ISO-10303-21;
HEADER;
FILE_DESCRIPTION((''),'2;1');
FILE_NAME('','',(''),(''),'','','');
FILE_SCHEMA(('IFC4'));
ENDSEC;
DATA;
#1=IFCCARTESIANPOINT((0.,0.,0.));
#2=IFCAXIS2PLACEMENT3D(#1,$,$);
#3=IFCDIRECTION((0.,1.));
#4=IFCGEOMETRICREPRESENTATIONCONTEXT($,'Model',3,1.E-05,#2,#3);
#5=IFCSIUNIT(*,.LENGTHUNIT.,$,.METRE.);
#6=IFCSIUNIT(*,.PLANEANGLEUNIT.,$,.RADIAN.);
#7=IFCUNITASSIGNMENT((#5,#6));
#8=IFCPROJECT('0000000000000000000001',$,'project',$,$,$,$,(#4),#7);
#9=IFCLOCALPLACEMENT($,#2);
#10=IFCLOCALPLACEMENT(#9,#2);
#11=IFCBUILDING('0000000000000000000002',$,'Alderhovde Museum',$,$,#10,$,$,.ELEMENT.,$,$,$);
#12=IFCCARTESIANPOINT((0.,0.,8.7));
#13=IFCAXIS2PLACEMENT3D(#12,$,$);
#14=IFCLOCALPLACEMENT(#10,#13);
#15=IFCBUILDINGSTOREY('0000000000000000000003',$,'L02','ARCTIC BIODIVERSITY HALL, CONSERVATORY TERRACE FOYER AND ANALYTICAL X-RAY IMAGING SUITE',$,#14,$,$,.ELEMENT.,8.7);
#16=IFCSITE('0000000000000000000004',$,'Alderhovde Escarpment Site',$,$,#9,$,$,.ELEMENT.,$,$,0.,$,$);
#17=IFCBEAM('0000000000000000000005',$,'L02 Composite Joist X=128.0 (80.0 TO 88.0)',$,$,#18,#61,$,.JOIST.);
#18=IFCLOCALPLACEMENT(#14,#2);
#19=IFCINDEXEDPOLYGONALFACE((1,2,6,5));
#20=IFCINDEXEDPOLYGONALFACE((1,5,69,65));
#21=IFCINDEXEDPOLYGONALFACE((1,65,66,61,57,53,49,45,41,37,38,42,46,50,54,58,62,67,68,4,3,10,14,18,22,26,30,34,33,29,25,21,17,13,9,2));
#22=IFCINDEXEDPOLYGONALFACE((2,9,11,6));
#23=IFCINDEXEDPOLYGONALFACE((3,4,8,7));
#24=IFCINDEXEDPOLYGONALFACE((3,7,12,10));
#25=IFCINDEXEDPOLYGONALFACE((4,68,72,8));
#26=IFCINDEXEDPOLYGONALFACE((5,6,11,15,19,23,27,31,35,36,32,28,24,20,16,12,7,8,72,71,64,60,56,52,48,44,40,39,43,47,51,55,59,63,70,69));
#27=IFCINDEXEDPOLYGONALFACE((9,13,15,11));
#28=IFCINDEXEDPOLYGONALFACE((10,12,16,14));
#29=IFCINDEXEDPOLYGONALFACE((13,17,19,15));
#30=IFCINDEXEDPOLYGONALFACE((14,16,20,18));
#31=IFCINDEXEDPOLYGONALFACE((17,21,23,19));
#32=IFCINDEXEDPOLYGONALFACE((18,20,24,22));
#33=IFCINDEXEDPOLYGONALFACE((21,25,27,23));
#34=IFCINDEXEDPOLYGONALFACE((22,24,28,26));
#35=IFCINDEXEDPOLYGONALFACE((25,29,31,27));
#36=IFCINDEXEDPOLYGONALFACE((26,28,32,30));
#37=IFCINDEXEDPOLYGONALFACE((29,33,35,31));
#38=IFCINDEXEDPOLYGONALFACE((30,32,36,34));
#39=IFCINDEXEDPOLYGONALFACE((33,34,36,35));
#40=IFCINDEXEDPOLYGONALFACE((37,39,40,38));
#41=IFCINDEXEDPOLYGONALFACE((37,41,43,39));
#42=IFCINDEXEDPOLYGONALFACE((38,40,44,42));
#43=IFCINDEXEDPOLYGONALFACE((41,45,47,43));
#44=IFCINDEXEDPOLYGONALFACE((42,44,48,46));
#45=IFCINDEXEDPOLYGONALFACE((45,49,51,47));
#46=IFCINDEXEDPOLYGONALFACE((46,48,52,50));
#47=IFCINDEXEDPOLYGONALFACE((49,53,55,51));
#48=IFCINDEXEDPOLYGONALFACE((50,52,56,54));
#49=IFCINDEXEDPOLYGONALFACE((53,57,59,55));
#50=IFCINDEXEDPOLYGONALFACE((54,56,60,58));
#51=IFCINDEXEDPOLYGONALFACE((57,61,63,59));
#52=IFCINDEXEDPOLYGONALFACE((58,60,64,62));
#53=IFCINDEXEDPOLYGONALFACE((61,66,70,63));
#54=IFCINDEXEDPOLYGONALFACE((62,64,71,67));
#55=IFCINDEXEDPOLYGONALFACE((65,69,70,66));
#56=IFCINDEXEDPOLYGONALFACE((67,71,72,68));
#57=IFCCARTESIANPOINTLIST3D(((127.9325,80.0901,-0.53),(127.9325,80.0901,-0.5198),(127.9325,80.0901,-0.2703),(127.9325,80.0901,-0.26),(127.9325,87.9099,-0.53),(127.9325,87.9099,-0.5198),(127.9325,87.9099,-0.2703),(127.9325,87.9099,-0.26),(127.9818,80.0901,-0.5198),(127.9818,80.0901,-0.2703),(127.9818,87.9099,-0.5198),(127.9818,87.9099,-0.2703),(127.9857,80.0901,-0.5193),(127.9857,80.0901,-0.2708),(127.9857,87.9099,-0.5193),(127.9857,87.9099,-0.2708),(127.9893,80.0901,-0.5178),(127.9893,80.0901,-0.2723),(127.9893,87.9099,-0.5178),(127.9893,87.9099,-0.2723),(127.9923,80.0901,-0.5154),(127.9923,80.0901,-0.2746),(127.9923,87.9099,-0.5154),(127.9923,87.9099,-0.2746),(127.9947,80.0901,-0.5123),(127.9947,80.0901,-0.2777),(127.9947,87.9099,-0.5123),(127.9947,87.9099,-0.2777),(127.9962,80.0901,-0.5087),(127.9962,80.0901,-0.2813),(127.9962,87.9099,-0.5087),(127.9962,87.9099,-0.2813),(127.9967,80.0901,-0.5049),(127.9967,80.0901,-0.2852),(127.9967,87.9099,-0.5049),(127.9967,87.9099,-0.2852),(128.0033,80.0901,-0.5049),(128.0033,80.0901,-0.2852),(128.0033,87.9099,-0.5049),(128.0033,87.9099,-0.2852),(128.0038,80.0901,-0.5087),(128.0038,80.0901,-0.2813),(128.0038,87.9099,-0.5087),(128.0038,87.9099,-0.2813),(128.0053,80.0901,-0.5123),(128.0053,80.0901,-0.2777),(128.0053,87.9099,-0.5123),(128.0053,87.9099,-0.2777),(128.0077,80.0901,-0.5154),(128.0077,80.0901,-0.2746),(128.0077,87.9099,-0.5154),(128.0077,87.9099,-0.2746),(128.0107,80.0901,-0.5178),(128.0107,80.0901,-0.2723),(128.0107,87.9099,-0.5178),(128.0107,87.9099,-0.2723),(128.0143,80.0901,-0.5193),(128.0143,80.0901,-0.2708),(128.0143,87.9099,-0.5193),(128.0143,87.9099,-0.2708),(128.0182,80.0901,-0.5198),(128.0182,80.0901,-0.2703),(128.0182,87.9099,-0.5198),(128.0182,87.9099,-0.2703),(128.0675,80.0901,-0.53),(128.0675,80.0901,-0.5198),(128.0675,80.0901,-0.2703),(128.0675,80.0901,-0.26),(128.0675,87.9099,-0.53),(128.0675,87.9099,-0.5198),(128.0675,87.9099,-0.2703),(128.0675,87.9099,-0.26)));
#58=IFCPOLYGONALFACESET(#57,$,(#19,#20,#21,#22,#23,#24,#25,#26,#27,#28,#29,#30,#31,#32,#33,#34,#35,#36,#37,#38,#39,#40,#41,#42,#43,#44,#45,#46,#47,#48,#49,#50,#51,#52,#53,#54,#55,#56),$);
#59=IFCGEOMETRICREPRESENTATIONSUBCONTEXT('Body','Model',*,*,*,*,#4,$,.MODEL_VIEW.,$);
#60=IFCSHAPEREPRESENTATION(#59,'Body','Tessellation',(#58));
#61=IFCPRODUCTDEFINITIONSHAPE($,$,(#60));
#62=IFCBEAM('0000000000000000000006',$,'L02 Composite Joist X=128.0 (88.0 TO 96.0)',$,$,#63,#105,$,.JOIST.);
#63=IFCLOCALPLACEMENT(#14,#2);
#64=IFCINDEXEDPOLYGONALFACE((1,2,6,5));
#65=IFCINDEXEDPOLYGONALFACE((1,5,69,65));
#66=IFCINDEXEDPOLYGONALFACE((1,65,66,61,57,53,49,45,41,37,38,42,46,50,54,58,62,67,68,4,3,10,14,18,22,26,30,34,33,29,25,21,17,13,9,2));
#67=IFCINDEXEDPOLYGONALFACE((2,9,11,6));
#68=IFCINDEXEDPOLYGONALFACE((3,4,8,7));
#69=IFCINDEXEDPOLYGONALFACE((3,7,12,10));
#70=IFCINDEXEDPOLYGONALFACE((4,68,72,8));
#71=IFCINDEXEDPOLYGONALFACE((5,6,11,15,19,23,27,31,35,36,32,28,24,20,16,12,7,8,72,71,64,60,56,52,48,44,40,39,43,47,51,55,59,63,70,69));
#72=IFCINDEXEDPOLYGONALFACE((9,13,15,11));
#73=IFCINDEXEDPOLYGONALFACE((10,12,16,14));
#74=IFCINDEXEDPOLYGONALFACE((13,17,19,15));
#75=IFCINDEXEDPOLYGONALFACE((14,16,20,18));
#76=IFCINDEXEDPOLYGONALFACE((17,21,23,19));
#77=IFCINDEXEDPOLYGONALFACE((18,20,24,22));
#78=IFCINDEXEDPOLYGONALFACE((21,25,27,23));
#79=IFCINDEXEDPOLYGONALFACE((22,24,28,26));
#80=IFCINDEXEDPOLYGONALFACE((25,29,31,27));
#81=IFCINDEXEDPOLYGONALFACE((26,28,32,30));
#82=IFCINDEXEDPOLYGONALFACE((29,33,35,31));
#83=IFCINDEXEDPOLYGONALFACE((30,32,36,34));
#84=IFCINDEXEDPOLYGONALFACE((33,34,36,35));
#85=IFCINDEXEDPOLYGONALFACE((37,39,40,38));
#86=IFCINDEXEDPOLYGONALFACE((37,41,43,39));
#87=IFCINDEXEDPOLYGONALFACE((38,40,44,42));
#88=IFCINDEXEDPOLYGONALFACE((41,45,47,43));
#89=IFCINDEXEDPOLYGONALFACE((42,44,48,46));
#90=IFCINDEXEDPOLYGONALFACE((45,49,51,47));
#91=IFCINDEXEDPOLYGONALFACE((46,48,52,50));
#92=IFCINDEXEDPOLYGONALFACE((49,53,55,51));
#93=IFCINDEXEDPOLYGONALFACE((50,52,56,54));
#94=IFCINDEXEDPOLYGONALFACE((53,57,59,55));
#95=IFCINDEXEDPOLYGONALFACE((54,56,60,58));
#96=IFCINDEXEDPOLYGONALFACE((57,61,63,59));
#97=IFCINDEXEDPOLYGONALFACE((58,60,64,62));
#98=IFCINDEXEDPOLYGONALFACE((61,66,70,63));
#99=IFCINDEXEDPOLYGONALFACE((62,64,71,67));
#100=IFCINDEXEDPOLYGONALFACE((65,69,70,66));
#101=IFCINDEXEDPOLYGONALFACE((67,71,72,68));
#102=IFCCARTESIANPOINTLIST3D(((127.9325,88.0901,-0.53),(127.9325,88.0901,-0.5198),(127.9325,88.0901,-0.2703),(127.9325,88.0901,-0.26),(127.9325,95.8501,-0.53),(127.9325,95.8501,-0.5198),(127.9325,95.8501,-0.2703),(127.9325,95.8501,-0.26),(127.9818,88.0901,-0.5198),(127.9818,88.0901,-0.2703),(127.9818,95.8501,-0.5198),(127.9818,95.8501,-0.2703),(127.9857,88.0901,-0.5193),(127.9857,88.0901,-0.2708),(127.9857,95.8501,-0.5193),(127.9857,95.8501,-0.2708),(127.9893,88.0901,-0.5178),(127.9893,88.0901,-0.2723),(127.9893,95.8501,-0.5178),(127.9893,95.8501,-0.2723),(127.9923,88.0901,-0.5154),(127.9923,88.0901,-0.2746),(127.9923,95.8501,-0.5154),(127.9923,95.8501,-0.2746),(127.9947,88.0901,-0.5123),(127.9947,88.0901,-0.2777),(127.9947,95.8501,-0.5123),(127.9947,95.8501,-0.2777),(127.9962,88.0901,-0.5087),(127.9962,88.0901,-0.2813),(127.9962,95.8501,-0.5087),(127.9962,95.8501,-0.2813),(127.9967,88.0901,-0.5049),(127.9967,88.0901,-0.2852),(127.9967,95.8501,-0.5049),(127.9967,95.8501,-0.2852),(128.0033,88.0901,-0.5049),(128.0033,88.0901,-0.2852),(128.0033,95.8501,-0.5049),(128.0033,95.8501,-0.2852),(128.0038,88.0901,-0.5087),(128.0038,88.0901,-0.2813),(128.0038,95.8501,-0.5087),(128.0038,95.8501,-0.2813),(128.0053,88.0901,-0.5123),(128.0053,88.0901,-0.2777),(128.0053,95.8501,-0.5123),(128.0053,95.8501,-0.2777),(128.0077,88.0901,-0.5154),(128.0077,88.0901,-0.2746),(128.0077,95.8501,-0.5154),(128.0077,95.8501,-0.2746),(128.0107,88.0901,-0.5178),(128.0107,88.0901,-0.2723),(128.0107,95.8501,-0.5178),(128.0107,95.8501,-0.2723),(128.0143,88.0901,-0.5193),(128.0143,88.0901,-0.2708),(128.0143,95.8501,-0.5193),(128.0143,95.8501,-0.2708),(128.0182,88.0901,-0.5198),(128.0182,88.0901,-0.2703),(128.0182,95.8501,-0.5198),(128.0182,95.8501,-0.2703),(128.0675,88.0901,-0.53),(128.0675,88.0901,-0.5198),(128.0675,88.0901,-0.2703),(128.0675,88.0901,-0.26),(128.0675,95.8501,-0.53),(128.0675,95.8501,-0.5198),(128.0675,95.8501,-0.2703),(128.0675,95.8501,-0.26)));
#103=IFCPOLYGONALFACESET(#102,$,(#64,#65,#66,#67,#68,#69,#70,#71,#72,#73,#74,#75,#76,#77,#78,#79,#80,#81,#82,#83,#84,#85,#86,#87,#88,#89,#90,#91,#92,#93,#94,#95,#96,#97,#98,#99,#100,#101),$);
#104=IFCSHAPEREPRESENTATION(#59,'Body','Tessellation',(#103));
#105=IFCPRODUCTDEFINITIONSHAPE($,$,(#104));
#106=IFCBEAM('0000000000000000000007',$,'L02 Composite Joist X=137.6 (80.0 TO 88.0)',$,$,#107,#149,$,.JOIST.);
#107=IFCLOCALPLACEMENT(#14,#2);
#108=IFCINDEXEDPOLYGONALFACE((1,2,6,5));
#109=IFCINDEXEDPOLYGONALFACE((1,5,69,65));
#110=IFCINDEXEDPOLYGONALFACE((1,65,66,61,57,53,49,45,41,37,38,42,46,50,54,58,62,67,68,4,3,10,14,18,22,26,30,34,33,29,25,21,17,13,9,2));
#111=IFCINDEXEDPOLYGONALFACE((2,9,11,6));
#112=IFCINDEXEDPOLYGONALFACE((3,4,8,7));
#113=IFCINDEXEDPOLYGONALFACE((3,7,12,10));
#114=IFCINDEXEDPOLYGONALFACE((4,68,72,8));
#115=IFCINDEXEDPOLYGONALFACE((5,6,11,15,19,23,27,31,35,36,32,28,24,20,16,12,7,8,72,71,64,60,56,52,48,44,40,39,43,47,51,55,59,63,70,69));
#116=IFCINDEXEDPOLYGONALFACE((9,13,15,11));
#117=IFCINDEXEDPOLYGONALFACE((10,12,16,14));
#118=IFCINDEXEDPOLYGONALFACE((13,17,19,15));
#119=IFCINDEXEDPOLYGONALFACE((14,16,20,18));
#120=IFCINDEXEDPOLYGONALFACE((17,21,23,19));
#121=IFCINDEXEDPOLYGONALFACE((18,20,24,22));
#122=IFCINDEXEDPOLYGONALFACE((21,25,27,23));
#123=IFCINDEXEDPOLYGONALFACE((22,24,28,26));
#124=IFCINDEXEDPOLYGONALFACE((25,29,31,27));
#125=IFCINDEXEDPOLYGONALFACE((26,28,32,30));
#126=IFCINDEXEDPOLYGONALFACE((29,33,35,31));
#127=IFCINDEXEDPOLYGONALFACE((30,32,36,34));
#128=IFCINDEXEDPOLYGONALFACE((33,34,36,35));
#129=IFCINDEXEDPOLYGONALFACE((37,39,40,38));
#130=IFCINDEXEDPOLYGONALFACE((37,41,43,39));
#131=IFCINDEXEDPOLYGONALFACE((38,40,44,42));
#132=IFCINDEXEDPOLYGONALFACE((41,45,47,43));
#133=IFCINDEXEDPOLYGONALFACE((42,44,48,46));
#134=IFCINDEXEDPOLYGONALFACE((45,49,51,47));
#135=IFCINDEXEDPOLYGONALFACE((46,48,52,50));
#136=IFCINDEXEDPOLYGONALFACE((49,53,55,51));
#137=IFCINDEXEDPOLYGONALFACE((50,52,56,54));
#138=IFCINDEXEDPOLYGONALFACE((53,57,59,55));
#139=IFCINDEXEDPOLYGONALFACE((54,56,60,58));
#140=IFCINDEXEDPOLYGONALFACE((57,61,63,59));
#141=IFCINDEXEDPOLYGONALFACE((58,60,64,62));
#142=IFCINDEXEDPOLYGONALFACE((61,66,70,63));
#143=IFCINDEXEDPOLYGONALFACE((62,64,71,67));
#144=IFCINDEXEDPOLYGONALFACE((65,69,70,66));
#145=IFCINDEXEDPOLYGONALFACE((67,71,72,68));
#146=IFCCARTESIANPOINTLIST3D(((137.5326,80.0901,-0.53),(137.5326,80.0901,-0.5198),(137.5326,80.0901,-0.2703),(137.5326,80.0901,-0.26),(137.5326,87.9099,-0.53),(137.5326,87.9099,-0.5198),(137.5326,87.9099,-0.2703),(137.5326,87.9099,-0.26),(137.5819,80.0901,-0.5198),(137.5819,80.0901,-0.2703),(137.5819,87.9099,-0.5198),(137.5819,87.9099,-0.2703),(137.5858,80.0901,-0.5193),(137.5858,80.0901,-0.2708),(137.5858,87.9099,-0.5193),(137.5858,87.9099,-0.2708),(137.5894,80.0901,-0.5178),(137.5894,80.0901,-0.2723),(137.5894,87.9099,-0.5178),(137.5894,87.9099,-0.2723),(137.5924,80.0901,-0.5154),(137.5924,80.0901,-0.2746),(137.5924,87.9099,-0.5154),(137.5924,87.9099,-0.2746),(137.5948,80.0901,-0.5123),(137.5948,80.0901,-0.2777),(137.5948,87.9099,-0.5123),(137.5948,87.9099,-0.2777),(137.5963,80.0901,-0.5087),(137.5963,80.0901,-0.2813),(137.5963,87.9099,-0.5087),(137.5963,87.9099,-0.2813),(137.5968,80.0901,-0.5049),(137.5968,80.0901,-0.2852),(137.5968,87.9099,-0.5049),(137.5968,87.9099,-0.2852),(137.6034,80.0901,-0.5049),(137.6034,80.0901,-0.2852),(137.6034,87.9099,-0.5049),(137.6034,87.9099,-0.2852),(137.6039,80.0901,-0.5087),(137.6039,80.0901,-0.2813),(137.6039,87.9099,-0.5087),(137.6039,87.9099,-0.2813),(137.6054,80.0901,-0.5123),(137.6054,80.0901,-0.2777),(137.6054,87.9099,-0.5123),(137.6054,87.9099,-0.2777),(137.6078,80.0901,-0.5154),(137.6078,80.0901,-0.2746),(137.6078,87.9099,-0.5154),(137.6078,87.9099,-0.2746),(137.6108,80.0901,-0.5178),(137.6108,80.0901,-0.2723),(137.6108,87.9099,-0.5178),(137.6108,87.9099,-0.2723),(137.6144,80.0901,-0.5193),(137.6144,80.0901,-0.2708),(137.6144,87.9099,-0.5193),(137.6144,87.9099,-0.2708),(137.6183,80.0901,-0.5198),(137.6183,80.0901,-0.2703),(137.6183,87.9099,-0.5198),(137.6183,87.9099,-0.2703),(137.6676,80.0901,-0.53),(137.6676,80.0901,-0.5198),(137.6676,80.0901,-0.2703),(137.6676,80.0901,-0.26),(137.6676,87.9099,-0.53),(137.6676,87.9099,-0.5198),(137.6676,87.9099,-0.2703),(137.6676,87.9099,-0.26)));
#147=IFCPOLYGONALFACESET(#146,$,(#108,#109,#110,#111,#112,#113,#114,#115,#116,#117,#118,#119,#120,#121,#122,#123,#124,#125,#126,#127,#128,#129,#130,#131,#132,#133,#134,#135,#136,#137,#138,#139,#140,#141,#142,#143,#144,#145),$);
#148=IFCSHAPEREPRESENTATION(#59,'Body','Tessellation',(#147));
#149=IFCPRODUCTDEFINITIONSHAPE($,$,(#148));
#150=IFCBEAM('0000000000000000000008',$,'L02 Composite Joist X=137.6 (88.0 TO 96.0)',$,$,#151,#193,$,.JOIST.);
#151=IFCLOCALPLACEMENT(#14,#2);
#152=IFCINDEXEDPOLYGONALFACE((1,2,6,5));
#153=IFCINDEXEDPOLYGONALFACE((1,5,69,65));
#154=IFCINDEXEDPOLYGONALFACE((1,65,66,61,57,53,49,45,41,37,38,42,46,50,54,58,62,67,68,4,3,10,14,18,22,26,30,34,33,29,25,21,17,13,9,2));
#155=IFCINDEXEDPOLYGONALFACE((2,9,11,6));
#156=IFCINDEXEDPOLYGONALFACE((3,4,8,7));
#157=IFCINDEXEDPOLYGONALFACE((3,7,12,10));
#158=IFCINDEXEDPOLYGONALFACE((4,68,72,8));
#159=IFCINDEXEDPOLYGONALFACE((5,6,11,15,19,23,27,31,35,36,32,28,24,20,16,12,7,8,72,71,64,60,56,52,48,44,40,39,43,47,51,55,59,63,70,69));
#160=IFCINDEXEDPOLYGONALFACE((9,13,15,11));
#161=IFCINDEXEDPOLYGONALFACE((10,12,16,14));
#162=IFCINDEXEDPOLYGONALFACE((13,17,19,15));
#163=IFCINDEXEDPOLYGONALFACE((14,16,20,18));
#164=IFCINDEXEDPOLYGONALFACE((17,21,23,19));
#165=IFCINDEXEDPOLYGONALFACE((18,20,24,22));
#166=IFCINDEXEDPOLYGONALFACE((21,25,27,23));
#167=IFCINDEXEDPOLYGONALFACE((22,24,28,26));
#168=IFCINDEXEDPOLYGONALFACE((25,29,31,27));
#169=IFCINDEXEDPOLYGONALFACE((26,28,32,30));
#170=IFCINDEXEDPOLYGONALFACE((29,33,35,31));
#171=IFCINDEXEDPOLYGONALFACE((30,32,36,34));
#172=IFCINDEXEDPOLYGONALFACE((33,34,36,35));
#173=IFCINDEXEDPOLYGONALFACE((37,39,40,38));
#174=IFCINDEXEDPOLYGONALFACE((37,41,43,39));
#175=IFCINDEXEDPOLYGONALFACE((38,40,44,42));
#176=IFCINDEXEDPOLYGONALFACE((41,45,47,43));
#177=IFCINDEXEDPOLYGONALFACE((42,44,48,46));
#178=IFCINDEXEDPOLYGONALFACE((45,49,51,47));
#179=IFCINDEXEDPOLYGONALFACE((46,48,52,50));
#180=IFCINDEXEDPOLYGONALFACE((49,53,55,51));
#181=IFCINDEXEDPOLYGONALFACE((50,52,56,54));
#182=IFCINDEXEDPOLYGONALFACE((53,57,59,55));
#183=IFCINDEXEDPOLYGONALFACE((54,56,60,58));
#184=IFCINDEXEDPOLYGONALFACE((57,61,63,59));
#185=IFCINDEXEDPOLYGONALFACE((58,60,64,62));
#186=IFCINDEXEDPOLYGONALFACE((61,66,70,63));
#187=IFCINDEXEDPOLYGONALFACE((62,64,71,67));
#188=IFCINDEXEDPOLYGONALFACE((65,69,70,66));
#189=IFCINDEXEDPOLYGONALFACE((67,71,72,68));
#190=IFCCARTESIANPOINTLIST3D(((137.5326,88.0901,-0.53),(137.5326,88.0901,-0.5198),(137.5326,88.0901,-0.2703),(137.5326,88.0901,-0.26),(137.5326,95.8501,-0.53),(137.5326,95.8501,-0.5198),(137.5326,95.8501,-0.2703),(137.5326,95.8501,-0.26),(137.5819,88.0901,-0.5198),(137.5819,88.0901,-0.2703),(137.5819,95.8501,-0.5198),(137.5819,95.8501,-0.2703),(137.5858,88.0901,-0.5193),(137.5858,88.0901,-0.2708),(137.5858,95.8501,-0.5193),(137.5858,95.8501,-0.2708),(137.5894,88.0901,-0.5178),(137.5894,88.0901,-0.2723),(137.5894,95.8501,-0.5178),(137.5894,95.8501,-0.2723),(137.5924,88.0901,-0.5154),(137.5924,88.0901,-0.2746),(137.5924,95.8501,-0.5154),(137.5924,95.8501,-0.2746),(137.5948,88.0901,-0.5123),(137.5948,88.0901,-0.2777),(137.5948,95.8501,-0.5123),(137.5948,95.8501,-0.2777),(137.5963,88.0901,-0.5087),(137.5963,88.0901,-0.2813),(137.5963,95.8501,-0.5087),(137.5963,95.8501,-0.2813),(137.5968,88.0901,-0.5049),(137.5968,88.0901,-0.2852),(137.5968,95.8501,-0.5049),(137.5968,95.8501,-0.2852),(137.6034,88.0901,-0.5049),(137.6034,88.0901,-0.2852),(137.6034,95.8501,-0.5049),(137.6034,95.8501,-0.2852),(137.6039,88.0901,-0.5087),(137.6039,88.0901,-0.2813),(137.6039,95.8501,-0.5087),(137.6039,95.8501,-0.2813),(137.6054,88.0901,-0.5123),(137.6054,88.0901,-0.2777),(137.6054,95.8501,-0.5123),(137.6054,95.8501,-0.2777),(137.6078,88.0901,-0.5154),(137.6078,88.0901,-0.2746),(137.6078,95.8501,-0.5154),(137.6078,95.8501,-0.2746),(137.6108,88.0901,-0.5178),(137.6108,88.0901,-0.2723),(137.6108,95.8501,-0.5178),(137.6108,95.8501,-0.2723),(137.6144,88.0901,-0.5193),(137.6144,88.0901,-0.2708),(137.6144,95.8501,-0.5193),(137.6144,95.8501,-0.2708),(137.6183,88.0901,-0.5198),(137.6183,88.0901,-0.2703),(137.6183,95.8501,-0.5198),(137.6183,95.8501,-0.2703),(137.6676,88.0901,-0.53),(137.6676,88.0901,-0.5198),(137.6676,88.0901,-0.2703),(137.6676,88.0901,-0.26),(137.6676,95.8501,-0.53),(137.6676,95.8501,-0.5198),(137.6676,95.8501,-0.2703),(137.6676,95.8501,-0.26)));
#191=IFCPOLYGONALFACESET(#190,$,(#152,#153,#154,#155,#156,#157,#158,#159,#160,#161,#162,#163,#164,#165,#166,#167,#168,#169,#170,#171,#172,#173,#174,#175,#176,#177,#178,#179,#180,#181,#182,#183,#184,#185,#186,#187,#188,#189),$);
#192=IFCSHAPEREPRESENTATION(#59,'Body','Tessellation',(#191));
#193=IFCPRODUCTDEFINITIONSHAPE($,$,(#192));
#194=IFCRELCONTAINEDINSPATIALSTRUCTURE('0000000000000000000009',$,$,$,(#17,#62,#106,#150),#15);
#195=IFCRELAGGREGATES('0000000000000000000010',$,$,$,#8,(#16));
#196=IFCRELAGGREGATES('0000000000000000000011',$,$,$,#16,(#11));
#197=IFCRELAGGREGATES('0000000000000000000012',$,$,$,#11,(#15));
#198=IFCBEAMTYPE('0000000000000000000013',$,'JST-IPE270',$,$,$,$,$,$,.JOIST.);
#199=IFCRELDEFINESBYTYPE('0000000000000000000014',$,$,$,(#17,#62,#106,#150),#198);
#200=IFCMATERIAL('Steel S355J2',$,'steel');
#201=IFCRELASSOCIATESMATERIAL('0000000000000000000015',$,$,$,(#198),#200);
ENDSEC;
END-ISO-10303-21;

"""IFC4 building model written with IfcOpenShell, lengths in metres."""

from ifc_helpers import new_model, si_unit, direction, frame, origin, origin_2d, place, context, subcontext, project, spatial, i_section, extrude, material, material_profile, profile_set, type_object, element, save


model = new_model("IFC4")

# Units and contexts
model_context = context("Model", 3, precision=1e-05, world=origin(), true_north=direction((0.0, 1.0)))
body_context = subcontext(model_context, "Body", "Model", "MODEL_VIEW")
ifc_project = project(units=[si_unit("LENGTHUNIT", "METRE"), si_unit("PLANEANGLEUNIT", "RADIAN")], contexts=[model_context])

# Site, building, storey
site_placement = place(None, origin())
site = spatial("IfcSite", under=ifc_project, at=site_placement, Name="Alderhovde Escarpment Site", CompositionType="ELEMENT", RefElevation=0.0)
building_placement = place(site_placement, origin())
building = spatial("IfcBuilding", under=site, at=building_placement, Name="Alderhovde Museum", CompositionType="ELEMENT")
storey_placement = place(building_placement, frame((0.0, 0.0, 8.7)))
storey = spatial("IfcBuildingStorey", under=building, at=storey_placement, Name="L02", Description="ARCTIC BIODIVERSITY HALL, CONSERVATORY TERRACE FOYER AND ANALYTICAL X-RAY IMAGING SUITE", CompositionType="ELEMENT", Elevation=8.7)

# Beams
ifc_material_1 = material(Name="Steel S355J2", Category="steel")
ifc_material_profile_1 = material_profile(ifc_material_1, i_section(OverallWidth=0.135, OverallDepth=0.27, WebThickness=0.0066, FlangeThickness=0.0103, FilletRadius=0.0149, at=origin_2d()), Name="IPE 270")
ifc_profile_set_1 = profile_set([ifc_material_profile_1], Name="Steel S355J2")
beam_type_1 = type_object("IfcBeamType", Name="JST-IPE270", PredefinedType="JOIST", material=ifc_profile_set_1)
beam_1_placement = place(storey_placement, frame((128.0, 80.0901, -0.395), z_axis=(0.0, 1.0, 0.0), x_axis=(-1.0, 0.0, 0.0)))
element("IfcBeam", 1, at=beam_1_placement, inside=storey, type_object=beam_type_1, Name="L02 Composite Joist X=128.0 (80.0 TO 88.0)", PredefinedType="JOIST", context=body_context, shape_type="SweptSolid", body=[
    extrude(i_section(OverallWidth=0.135, OverallDepth=0.27, WebThickness=0.0066, FlangeThickness=0.0103, FilletRadius=0.0149, at=origin_2d()), origin(), (0.0, 0.0, 1.0), 7.8198),
])
beam_2_placement = place(storey_placement, frame((128.0, 88.0901, -0.395), z_axis=(0.0, 1.0, 0.0), x_axis=(-1.0, 0.0, 0.0)))
element("IfcBeam", 2, at=beam_2_placement, inside=storey, type_object=beam_type_1, Name="L02 Composite Joist X=128.0 (88.0 TO 96.0)", PredefinedType="JOIST", context=body_context, shape_type="SweptSolid", body=[
    extrude(i_section(OverallWidth=0.135, OverallDepth=0.27, WebThickness=0.0066, FlangeThickness=0.0103, FilletRadius=0.0149, at=origin_2d()), origin(), (0.0, 0.0, 1.0), 7.76),
])
beam_3_placement = place(storey_placement, frame((137.6001, 80.0901, -0.395), z_axis=(0.0, 1.0, 0.0), x_axis=(-1.0, 0.0, 0.0)))
element("IfcBeam", 3, at=beam_3_placement, inside=storey, type_object=beam_type_1, Name="L02 Composite Joist X=137.6 (80.0 TO 88.0)", PredefinedType="JOIST", context=body_context, shape_type="SweptSolid", body=[
    extrude(i_section(OverallWidth=0.135, OverallDepth=0.27, WebThickness=0.0066, FlangeThickness=0.0103, FilletRadius=0.0149, at=origin_2d()), origin(), (0.0, 0.0, 1.0), 7.8198),
])
beam_4_placement = place(storey_placement, frame((137.6001, 88.0901, -0.395), z_axis=(0.0, 1.0, 0.0), x_axis=(-1.0, 0.0, 0.0)))
element("IfcBeam", 4, at=beam_4_placement, inside=storey, type_object=beam_type_1, Name="L02 Composite Joist X=137.6 (88.0 TO 96.0)", PredefinedType="JOIST", context=body_context, shape_type="SweptSolid", body=[
    extrude(i_section(OverallWidth=0.135, OverallDepth=0.27, WebThickness=0.0066, FlangeThickness=0.0103, FilletRadius=0.0149, at=origin_2d()), origin(), (0.0, 0.0, 1.0), 7.76),
])

save(model, "model.ifc")
